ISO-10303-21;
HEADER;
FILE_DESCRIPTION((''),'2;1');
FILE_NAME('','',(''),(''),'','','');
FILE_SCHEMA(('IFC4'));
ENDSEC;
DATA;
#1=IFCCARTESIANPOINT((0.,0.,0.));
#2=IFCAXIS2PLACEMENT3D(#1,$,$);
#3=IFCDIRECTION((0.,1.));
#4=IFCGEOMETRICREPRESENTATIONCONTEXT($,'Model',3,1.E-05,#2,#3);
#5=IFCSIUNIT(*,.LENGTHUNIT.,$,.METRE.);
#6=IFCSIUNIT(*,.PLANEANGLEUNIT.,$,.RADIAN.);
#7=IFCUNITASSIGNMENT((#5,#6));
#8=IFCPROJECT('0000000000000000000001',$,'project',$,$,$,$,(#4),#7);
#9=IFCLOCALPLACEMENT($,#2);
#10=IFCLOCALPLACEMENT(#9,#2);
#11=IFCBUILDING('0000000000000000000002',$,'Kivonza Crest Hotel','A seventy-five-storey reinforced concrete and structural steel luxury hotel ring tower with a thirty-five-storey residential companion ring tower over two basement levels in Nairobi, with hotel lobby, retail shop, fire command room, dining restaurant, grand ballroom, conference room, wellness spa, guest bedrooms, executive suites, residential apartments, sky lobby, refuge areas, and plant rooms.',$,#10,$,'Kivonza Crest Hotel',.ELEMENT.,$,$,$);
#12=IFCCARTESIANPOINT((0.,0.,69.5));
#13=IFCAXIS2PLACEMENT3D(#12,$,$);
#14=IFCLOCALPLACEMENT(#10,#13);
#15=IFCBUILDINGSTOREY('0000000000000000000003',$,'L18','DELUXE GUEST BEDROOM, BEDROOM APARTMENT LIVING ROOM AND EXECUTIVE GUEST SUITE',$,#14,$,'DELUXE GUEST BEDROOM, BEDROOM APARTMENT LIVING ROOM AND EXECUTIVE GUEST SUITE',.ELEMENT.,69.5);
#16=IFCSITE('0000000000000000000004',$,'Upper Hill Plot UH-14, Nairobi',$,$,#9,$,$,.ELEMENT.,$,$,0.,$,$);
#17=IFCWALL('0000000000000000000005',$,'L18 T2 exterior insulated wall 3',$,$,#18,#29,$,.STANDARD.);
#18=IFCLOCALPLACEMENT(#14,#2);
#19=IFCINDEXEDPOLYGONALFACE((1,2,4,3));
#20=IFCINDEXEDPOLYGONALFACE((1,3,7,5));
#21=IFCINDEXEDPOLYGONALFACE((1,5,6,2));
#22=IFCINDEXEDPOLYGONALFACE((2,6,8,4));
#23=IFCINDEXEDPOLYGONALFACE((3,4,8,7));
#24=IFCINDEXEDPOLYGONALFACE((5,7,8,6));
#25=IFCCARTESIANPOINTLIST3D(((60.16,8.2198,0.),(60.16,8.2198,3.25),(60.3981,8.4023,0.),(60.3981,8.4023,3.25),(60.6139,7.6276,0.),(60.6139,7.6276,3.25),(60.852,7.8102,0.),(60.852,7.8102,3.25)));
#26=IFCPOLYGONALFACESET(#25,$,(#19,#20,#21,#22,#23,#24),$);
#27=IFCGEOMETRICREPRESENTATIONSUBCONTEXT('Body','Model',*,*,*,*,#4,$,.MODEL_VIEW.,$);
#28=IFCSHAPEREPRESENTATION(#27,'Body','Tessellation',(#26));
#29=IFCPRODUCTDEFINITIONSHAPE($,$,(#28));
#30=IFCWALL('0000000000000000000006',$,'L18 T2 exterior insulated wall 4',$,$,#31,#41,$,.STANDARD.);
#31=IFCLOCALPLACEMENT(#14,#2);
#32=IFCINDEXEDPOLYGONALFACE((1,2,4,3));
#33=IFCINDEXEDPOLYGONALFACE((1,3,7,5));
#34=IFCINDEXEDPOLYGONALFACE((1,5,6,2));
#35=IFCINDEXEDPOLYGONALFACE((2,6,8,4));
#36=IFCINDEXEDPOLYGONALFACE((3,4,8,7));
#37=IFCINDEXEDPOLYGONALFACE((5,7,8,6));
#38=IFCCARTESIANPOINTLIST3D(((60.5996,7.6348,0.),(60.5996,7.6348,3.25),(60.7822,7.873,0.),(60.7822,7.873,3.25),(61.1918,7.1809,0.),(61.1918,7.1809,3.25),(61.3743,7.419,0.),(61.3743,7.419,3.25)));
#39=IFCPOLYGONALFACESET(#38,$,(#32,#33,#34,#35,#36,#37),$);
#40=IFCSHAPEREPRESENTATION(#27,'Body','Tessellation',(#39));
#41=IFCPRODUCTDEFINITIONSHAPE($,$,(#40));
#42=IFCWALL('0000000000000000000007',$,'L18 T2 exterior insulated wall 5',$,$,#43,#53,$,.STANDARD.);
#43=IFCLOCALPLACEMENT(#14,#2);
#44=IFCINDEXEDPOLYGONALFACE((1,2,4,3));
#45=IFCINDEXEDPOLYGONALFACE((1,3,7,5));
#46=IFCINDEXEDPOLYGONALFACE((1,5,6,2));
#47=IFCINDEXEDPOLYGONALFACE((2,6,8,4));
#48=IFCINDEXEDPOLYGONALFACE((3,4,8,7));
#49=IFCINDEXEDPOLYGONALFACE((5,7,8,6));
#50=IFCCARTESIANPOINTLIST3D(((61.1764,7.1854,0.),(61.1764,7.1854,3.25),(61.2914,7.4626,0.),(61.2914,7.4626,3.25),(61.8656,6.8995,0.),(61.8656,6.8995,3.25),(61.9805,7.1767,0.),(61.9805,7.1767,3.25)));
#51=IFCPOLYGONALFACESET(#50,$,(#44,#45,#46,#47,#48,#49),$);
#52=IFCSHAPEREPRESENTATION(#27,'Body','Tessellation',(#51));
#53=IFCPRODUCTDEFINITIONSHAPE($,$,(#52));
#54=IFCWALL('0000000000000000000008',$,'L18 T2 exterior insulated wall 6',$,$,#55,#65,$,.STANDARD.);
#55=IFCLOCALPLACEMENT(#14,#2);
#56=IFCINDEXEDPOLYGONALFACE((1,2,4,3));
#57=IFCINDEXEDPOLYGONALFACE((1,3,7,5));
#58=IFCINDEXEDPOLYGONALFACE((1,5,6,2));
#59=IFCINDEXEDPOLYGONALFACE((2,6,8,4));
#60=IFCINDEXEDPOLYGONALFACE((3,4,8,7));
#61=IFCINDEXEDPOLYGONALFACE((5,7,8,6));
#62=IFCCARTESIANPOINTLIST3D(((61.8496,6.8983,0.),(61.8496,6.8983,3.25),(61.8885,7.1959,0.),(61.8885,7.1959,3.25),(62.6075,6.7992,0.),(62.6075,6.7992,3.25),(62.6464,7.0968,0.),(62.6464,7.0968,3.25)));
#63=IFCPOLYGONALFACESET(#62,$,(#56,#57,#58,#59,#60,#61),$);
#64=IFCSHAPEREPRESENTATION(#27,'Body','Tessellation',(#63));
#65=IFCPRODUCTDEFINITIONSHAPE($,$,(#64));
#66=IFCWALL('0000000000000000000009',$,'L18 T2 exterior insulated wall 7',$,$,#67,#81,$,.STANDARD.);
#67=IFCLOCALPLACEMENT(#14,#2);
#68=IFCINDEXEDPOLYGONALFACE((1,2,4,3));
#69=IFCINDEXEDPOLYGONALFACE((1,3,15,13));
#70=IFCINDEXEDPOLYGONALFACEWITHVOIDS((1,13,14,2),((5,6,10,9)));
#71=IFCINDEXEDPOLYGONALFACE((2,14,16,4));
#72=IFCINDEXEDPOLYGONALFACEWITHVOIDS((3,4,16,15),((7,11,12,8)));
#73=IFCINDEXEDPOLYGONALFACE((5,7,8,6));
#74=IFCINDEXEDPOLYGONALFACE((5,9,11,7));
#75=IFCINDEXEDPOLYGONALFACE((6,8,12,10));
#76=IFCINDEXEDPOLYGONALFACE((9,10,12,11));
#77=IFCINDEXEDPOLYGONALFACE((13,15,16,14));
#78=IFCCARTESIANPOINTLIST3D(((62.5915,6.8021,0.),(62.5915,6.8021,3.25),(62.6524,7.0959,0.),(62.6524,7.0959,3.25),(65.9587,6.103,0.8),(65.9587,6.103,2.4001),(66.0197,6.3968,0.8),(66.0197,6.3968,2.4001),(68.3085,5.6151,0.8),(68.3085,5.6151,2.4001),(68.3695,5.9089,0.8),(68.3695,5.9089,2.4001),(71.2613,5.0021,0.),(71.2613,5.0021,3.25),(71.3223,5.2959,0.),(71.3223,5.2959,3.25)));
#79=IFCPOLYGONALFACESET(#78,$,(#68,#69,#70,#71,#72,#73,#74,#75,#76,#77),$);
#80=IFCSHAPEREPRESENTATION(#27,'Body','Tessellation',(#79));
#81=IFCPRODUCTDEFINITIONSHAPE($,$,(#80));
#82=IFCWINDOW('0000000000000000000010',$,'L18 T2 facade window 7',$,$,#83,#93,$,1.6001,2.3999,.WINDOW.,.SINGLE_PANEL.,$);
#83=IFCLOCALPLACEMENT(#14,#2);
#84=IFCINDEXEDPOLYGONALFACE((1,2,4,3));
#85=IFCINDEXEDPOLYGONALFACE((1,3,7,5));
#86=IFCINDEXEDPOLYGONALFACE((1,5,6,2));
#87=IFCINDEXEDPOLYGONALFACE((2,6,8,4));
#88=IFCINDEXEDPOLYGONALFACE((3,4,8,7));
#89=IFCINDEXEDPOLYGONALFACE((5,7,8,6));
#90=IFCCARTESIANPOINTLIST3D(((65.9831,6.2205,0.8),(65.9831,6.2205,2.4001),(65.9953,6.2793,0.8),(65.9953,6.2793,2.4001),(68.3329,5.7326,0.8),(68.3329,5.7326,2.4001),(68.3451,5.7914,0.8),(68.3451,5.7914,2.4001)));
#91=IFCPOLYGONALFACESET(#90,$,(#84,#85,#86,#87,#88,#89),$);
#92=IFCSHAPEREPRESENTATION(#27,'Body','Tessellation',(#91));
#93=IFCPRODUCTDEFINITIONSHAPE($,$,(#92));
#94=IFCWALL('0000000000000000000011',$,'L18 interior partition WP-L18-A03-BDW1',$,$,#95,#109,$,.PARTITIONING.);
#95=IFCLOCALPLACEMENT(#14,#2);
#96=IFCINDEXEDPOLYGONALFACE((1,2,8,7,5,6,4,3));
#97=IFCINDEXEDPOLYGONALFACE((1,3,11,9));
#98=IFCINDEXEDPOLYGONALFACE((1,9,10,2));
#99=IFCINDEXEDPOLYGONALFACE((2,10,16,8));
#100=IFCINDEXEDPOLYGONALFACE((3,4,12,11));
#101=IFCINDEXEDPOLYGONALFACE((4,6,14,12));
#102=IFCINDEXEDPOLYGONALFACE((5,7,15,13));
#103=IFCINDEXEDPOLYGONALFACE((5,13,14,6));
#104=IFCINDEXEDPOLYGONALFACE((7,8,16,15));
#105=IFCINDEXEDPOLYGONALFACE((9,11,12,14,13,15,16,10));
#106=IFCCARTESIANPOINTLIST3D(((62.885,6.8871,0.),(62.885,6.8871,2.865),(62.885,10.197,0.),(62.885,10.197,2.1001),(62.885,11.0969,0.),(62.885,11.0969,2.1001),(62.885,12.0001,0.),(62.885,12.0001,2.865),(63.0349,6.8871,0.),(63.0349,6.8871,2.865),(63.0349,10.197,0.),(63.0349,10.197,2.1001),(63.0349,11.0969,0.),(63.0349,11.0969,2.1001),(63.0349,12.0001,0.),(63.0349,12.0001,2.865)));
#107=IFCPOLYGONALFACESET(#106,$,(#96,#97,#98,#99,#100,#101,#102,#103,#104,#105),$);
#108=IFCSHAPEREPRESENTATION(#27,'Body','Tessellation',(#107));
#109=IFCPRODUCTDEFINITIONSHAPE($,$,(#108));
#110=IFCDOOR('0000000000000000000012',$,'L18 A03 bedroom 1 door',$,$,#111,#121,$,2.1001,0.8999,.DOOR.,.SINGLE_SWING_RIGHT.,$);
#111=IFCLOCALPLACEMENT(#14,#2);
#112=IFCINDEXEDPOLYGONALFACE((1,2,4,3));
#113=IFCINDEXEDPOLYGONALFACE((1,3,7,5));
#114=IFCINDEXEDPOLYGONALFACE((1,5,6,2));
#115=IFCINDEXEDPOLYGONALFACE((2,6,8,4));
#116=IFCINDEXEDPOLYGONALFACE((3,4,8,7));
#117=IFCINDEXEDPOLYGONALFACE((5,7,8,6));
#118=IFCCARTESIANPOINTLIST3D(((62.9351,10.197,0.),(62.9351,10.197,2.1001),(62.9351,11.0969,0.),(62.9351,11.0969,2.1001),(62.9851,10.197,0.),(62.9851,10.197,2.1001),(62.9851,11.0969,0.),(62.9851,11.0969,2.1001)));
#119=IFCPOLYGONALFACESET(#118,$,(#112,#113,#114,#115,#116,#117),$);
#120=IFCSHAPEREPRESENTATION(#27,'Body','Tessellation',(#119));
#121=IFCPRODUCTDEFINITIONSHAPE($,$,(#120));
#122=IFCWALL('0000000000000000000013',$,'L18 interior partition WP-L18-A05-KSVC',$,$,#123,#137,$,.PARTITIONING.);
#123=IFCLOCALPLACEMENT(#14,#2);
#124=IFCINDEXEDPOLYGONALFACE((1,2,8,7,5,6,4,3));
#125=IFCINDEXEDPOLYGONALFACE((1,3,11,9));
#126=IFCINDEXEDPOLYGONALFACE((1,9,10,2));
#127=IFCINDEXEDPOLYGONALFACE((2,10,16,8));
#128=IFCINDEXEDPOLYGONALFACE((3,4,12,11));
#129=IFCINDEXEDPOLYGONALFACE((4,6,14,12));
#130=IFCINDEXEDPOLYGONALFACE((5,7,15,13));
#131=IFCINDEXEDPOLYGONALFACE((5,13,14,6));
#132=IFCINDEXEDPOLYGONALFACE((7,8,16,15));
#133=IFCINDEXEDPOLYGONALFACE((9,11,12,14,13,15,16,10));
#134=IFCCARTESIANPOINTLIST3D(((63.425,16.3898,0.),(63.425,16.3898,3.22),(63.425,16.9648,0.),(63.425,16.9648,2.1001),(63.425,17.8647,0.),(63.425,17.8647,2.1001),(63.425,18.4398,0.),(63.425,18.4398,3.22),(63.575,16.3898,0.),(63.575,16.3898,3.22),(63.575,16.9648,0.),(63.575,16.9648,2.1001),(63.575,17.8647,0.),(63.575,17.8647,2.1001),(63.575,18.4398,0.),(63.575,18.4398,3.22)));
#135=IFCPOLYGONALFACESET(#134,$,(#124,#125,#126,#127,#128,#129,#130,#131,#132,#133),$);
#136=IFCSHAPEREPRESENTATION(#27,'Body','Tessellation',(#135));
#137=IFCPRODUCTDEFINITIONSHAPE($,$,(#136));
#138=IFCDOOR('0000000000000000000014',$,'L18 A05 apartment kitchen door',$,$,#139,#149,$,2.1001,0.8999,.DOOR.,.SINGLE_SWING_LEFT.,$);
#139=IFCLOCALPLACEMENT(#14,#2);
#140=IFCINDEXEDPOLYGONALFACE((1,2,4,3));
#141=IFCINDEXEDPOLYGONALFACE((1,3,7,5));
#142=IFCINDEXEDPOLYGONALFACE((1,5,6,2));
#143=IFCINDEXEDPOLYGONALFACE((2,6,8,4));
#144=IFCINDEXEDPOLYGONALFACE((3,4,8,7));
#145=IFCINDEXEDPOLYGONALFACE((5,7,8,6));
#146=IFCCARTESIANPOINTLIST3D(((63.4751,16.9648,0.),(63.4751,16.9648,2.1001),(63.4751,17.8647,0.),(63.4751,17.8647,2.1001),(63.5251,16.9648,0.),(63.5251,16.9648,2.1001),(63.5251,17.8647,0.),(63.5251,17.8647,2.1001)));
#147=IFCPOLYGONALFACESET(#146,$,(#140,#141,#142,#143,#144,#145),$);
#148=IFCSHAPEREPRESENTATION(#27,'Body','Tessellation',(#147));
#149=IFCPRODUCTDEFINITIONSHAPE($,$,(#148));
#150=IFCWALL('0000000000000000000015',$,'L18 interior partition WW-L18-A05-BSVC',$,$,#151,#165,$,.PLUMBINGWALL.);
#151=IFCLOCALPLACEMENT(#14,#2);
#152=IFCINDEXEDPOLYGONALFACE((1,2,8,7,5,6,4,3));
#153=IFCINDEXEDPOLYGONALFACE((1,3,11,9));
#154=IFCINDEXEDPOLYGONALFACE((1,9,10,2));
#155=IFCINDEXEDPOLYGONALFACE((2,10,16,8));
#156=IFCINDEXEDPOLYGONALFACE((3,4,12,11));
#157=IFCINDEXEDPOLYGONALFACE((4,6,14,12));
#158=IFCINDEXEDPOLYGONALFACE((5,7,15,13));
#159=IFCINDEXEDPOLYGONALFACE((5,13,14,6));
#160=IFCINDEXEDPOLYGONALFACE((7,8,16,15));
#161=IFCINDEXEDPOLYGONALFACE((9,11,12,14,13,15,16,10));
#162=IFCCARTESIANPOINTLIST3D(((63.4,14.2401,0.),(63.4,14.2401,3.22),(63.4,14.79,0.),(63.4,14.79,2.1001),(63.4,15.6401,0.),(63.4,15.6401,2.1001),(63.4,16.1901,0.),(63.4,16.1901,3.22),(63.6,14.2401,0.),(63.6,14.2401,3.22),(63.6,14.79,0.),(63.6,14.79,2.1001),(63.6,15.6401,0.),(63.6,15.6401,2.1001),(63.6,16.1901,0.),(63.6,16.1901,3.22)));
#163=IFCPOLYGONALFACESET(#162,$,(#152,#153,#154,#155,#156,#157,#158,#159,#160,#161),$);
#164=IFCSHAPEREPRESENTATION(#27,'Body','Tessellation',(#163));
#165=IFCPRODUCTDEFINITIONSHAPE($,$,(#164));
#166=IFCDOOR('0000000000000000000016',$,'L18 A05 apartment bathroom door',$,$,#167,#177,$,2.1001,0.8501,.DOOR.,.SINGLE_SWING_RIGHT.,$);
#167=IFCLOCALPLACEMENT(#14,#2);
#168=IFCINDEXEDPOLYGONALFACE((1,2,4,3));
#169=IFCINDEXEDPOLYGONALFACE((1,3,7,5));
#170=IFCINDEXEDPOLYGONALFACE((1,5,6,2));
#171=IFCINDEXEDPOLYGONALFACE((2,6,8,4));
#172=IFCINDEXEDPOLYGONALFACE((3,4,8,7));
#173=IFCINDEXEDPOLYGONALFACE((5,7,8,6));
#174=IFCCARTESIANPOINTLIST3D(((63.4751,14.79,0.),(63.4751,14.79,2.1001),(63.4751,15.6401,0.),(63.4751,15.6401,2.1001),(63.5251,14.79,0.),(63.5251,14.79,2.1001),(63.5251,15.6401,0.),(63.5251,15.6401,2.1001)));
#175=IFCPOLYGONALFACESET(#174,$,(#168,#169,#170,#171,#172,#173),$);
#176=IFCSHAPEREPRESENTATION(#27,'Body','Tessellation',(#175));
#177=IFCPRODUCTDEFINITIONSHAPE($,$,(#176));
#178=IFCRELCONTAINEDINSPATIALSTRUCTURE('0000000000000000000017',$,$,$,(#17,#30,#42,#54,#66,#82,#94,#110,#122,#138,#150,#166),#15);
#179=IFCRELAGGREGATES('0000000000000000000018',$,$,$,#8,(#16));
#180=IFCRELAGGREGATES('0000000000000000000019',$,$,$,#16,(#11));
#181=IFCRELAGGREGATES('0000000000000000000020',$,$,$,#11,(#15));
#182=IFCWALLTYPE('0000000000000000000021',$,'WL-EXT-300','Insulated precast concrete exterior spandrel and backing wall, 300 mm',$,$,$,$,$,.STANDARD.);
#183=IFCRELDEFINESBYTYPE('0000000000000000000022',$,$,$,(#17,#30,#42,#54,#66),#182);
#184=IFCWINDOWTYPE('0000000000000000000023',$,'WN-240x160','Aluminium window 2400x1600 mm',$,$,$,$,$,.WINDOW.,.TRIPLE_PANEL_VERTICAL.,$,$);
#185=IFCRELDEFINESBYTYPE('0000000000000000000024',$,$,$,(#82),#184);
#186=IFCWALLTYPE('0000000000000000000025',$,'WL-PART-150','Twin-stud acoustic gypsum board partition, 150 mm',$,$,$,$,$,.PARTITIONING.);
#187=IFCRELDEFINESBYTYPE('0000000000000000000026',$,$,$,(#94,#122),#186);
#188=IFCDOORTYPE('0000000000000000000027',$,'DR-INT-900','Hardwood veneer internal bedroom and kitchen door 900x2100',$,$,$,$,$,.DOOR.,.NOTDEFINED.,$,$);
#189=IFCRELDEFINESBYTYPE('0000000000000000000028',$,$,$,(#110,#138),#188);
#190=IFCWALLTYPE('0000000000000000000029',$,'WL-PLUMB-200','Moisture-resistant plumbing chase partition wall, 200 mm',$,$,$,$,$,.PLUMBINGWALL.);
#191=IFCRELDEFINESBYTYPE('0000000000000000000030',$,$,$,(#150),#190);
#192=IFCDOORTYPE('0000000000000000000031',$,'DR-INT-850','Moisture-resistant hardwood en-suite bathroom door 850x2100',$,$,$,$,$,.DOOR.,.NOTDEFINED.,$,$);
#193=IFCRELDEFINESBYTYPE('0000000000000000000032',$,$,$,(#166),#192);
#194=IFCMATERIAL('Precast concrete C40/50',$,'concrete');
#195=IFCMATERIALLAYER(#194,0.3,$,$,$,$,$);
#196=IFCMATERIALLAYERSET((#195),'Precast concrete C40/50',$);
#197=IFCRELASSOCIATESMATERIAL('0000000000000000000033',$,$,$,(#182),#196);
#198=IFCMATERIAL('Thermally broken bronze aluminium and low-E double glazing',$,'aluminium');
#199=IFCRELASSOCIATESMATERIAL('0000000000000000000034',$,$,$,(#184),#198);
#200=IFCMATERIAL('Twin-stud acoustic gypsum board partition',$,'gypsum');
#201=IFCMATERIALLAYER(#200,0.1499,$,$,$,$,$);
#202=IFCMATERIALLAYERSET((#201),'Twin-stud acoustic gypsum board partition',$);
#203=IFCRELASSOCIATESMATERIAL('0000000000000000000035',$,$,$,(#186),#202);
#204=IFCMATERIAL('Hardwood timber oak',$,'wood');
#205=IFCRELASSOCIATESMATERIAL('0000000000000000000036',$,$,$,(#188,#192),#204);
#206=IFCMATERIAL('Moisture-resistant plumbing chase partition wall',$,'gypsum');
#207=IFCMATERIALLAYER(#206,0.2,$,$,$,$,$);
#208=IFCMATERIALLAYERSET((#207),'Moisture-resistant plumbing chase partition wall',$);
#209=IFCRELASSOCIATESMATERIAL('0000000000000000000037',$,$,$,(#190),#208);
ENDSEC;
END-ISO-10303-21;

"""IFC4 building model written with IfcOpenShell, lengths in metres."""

from ifc_helpers import new_model, si_unit, direction, frame, frame_2d, origin, place, context, subcontext, project, spatial, rectangle, extrude, material, layer, layer_set, type_object, element, fill, save


model = new_model("IFC4")

# Units and contexts
model_context = context("Model", 3, precision=1e-05, world=origin(), true_north=direction((0.0, 1.0)))
body_context = subcontext(model_context, "Body", "Model", "MODEL_VIEW")
ifc_project = project(units=[si_unit("LENGTHUNIT", "METRE"), si_unit("PLANEANGLEUNIT", "RADIAN")], contexts=[model_context])

# Site, building, storey
site_placement = place(None, origin())
site = spatial("IfcSite", under=ifc_project, at=site_placement, Name="Upper Hill Plot UH-14, Nairobi", CompositionType="ELEMENT", RefElevation=0.0)
building_placement = place(site_placement, origin())
building = spatial("IfcBuilding", under=site, at=building_placement, Name="Kivonza Crest Hotel", Description="A seventy-five-storey reinforced concrete and structural steel luxury hotel ring tower with a thirty-five-storey residential companion ring tower over two basement levels in Nairobi, with hotel lobby, retail shop, fire command room, dining restaurant, grand ballroom, conference room, wellness spa, guest bedrooms, executive suites, residential apartments, sky lobby, refuge areas, and plant rooms.", LongName="Kivonza Crest Hotel", CompositionType="ELEMENT")
storey_placement = place(building_placement, frame((0.0, 0.0, 69.5)))
storey = spatial("IfcBuildingStorey", under=building, at=storey_placement, Name="L18", Description="DELUXE GUEST BEDROOM, BEDROOM APARTMENT LIVING ROOM AND EXECUTIVE GUEST SUITE", LongName="DELUXE GUEST BEDROOM, BEDROOM APARTMENT LIVING ROOM AND EXECUTIVE GUEST SUITE", CompositionType="ELEMENT", Elevation=69.5)

# Walls
ifc_material_1 = material(Name="Precast concrete C40/50", Category="concrete")
ifc_layer_1 = layer(ifc_material_1, 0.3)
ifc_layer_set_1 = layer_set([ifc_layer_1], Name="Precast concrete C40/50")
wall_type_1 = type_object("IfcWallType", Name="WL-EXT-300", Description="Insulated precast concrete exterior spandrel and backing wall, 300 mm", PredefinedType="STANDARD", material=ifc_layer_set_1)
for number, where, z_axis, x_axis, name in (
    (1, (60.2791, 8.311, 0.0), (0.0, 0.0, 1.0), (0.608397, -0.793633, 0.0), "L18 T2 exterior insulated wall 3"),
    (2, (60.6909, 7.7539, 0.0), (0.0, 0.0, 1.0), (0.793633, -0.608397, 0.0), "L18 T2 exterior insulated wall 4"),
    (3, (61.2339, 7.324, 0.0), (0.0, 0.0, 1.0), (0.923686, -0.383151, 0.0), "L18 T2 exterior insulated wall 5"),
):
    element("IfcWall", number, at=place(storey_placement, frame(where, z_axis=z_axis, x_axis=x_axis)), inside=storey, type_object=wall_type_1, Name=name, PredefinedType="STANDARD", context=body_context, shape_type="SweptSolid", body=[
        extrude(rectangle(XDim=0.7461, YDim=0.3, at=frame_2d((0.373, 0.0))), origin(), (0.0, 0.0, 1.0), 3.25),
    ])
wall_1_placement = place(storey_placement, frame((61.8689, 7.0471, 0.0), z_axis=(0.0, 0.0, 1.0), x_axis=(0.991559, -0.129653, 0.0)))
element("IfcWall", 4, at=wall_1_placement, inside=storey, type_object=wall_type_1, Name="L18 T2 exterior insulated wall 6", PredefinedType="STANDARD", context=body_context, shape_type="SweptSolid", body=[
    extrude(rectangle(XDim=0.7644, YDim=0.3, at=frame_2d((0.3823, 0.0))), origin(), (0.0, 0.0, 1.0), 3.25),
])

# Wall, opening, window
wall_2_placement = place(storey_placement, frame((62.6221, 6.949, 0.0), z_axis=(0.0, 0.0, 1.0), x_axis=(0.97912, -0.203285, 0.0)))
wall_2 = element("IfcWall", 5, at=wall_2_placement, inside=storey, type_object=wall_type_1, Name="L18 T2 exterior insulated wall 7", PredefinedType="STANDARD", context=body_context, shape_type="SweptSolid", body=[
    extrude(rectangle(XDim=8.8547, YDim=0.3, at=frame_2d((4.4272, 0.0))), origin(), (0.0, 0.0, 1.0), 3.25),
])
opening_1_placement = place(wall_2_placement, frame((3.439, 0.0, 0.8)))
opening_1 = element("IfcOpeningElement", 6, at=opening_1_placement, cuts=wall_2, PredefinedType="OPENING", context=body_context, shape_type="SweptSolid", body=[
    extrude(rectangle(XDim=2.3999, YDim=1.6001, at=frame_2d((1.2, 0.8))), frame((0.0, 0.1602, 0.0), z_axis=(0.0, -1.0, 0.0), x_axis=(1.0, 0.0, 0.0)), (0.0, 0.0, 1.0), 0.3201),
])
ifc_material_2 = material(Name="Thermally broken bronze aluminium and low-E double glazing", Category="aluminium")
window_type = type_object("IfcWindowType", Name="WN-240x160", Description="Aluminium window 2400x1600 mm", PartitioningType="TRIPLE_PANEL_VERTICAL", PredefinedType="WINDOW", material=ifc_material_2)
window_placement = place(opening_1_placement, origin())
window = element("IfcWindow", 7, at=window_placement, inside=storey, type_object=window_type, Name="L18 T2 facade window 7", OverallHeight=1.6001, OverallWidth=2.3999, PartitioningType="SINGLE_PANEL", PredefinedType="WINDOW", context=body_context, shape_type="SweptSolid", body=[
    extrude(rectangle(XDim=2.3999, YDim=1.6001, at=frame_2d((1.2, 0.8))), frame((0.0, 0.03, 0.0), z_axis=(0.0, -1.0, 0.0), x_axis=(1.0, 0.0, 0.0)), (0.0, 0.0, 1.0), 0.0601),
])
fill(opening_1, window)

# Walls, openings, doors
ifc_material_3 = material(Name="Twin-stud acoustic gypsum board partition", Category="gypsum")
ifc_layer_2 = layer(ifc_material_3, 0.1499)
ifc_layer_set_2 = layer_set([ifc_layer_2], Name="Twin-stud acoustic gypsum board partition")
wall_type_2 = type_object("IfcWallType", Name="WL-PART-150", Description="Twin-stud acoustic gypsum board partition, 150 mm", PredefinedType="PARTITIONING", material=ifc_layer_set_2)
wall_3_placement = place(storey_placement, frame((62.96, 6.887, 0.0), z_axis=(0.0, 0.0, 1.0), x_axis=(0.0, 1.0, 0.0)))
wall_3 = element("IfcWall", 8, at=wall_3_placement, inside=storey, type_object=wall_type_2, Name="L18 interior partition WP-L18-A03-BDW1", PredefinedType="PARTITIONING", context=body_context, shape_type="SweptSolid", body=[
    extrude(rectangle(XDim=5.113, YDim=0.1499, at=frame_2d((2.5566, 0.0))), origin(), (0.0, 0.0, 1.0), 2.865),
])
opening_2_placement = place(wall_3_placement, frame((3.3101, 0.0, 0.0)))
opening_2 = element("IfcOpeningElement", 9, at=opening_2_placement, cuts=wall_3, PredefinedType="OPENING", context=body_context, shape_type="SweptSolid", body=[
    extrude(rectangle(XDim=0.8999, YDim=2.1001, at=frame_2d((0.45, 1.05))), frame((0.0, 0.085, 0.0), z_axis=(0.0, -1.0, 0.0), x_axis=(1.0, 0.0, 0.0)), (0.0, 0.0, 1.0), 0.1699),
])
ifc_material_4 = material(Name="Hardwood timber oak", Category="wood")
door_type_1 = type_object("IfcDoorType", Name="DR-INT-900", Description="Hardwood veneer internal bedroom and kitchen door 900x2100", OperationType="NOTDEFINED", PredefinedType="DOOR", material=ifc_material_4)
door_1_placement = place(opening_2_placement, origin())
door_1 = element("IfcDoor", 10, at=door_1_placement, inside=storey, type_object=door_type_1, Name="L18 A03 bedroom 1 door", OperationType="SINGLE_SWING_RIGHT", OverallHeight=2.1001, OverallWidth=0.8999, PredefinedType="DOOR", context=body_context, shape_type="SweptSolid", body=[
    extrude(rectangle(XDim=0.8999, YDim=2.1001, at=frame_2d((0.45, 1.05))), frame((0.0, 0.0249, 0.0), z_axis=(0.0, -1.0, 0.0), x_axis=(1.0, 0.0, 0.0)), (0.0, 0.0, 1.0), 0.05),
])
fill(opening_2, door_1)
wall_4_placement = place(storey_placement, frame((63.5, 16.3899, 0.0), z_axis=(0.0, 0.0, 1.0), x_axis=(0.0, 1.0, 0.0)))
wall_4 = element("IfcWall", 11, at=wall_4_placement, inside=storey, type_object=wall_type_2, Name="L18 interior partition WP-L18-A05-KSVC", PredefinedType="PARTITIONING", context=body_context, shape_type="SweptSolid", body=[
    extrude(rectangle(XDim=2.05, YDim=0.1499, at=frame_2d((1.0249, 0.0))), origin(), (0.0, 0.0, 1.0), 3.22),
])
opening_3_placement = place(wall_4_placement, frame((0.575, 0.0, 0.0)))
opening_3 = element("IfcOpeningElement", 12, at=opening_3_placement, cuts=wall_4, PredefinedType="OPENING", context=body_context, shape_type="SweptSolid", body=[
    extrude(rectangle(XDim=0.8999, YDim=2.1001, at=frame_2d((0.45, 1.05))), frame((0.0, 0.085, 0.0), z_axis=(0.0, -1.0, 0.0), x_axis=(1.0, 0.0, 0.0)), (0.0, 0.0, 1.0), 0.1699),
])
door_2_placement = place(opening_3_placement, origin())
door_2 = element("IfcDoor", 13, at=door_2_placement, inside=storey, type_object=door_type_1, Name="L18 A05 apartment kitchen door", OperationType="SINGLE_SWING_LEFT", OverallHeight=2.1001, OverallWidth=0.8999, PredefinedType="DOOR", context=body_context, shape_type="SweptSolid", body=[
    extrude(rectangle(XDim=0.8999, YDim=2.1001, at=frame_2d((0.45, 1.05))), frame((0.0, 0.0249, 0.0), z_axis=(0.0, -1.0, 0.0), x_axis=(1.0, 0.0, 0.0)), (0.0, 0.0, 1.0), 0.05),
])
fill(opening_3, door_2)
ifc_material_5 = material(Name="Moisture-resistant plumbing chase partition wall", Category="gypsum")
ifc_layer_3 = layer(ifc_material_5, 0.2)
ifc_layer_set_3 = layer_set([ifc_layer_3], Name="Moisture-resistant plumbing chase partition wall")
wall_type_3 = type_object("IfcWallType", Name="WL-PLUMB-200", Description="Moisture-resistant plumbing chase partition wall, 200 mm", PredefinedType="PLUMBINGWALL", material=ifc_layer_set_3)
wall_5_placement = place(storey_placement, frame((63.5, 14.24, 0.0), z_axis=(0.0, 0.0, 1.0), x_axis=(0.0, 1.0, 0.0)))
wall_5 = element("IfcWall", 14, at=wall_5_placement, inside=storey, type_object=wall_type_3, Name="L18 interior partition WW-L18-A05-BSVC", PredefinedType="PLUMBINGWALL", context=body_context, shape_type="SweptSolid", body=[
    extrude(rectangle(XDim=1.95, YDim=0.2, at=frame_2d((0.9751, 0.0))), origin(), (0.0, 0.0, 1.0), 3.22),
])
opening_4_placement = place(wall_5_placement, frame((0.55, 0.0, 0.0)))
opening_4 = element("IfcOpeningElement", 15, at=opening_4_placement, cuts=wall_5, PredefinedType="OPENING", context=body_context, shape_type="SweptSolid", body=[
    extrude(rectangle(XDim=0.8501, YDim=2.1001, at=frame_2d((0.425, 1.05))), frame((0.0, 0.1099, 0.0), z_axis=(0.0, -1.0, 0.0), x_axis=(1.0, 0.0, 0.0)), (0.0, 0.0, 1.0), 0.22),
])
door_type_2 = type_object("IfcDoorType", Name="DR-INT-850", Description="Moisture-resistant hardwood en-suite bathroom door 850x2100", OperationType="NOTDEFINED", PredefinedType="DOOR", material=ifc_material_4)
door_3_placement = place(opening_4_placement, origin())
door_3 = element("IfcDoor", 16, at=door_3_placement, inside=storey, type_object=door_type_2, Name="L18 A05 apartment bathroom door", OperationType="SINGLE_SWING_RIGHT", OverallHeight=2.1001, OverallWidth=0.8501, PredefinedType="DOOR", context=body_context, shape_type="SweptSolid", body=[
    extrude(rectangle(XDim=0.8501, YDim=2.1001, at=frame_2d((0.425, 1.05))), frame((0.0, 0.0249, 0.0), z_axis=(0.0, -1.0, 0.0), x_axis=(1.0, 0.0, 0.0)), (0.0, 0.0, 1.0), 0.05),
])
fill(opening_4, door_3)

save(model, "model.ifc")
